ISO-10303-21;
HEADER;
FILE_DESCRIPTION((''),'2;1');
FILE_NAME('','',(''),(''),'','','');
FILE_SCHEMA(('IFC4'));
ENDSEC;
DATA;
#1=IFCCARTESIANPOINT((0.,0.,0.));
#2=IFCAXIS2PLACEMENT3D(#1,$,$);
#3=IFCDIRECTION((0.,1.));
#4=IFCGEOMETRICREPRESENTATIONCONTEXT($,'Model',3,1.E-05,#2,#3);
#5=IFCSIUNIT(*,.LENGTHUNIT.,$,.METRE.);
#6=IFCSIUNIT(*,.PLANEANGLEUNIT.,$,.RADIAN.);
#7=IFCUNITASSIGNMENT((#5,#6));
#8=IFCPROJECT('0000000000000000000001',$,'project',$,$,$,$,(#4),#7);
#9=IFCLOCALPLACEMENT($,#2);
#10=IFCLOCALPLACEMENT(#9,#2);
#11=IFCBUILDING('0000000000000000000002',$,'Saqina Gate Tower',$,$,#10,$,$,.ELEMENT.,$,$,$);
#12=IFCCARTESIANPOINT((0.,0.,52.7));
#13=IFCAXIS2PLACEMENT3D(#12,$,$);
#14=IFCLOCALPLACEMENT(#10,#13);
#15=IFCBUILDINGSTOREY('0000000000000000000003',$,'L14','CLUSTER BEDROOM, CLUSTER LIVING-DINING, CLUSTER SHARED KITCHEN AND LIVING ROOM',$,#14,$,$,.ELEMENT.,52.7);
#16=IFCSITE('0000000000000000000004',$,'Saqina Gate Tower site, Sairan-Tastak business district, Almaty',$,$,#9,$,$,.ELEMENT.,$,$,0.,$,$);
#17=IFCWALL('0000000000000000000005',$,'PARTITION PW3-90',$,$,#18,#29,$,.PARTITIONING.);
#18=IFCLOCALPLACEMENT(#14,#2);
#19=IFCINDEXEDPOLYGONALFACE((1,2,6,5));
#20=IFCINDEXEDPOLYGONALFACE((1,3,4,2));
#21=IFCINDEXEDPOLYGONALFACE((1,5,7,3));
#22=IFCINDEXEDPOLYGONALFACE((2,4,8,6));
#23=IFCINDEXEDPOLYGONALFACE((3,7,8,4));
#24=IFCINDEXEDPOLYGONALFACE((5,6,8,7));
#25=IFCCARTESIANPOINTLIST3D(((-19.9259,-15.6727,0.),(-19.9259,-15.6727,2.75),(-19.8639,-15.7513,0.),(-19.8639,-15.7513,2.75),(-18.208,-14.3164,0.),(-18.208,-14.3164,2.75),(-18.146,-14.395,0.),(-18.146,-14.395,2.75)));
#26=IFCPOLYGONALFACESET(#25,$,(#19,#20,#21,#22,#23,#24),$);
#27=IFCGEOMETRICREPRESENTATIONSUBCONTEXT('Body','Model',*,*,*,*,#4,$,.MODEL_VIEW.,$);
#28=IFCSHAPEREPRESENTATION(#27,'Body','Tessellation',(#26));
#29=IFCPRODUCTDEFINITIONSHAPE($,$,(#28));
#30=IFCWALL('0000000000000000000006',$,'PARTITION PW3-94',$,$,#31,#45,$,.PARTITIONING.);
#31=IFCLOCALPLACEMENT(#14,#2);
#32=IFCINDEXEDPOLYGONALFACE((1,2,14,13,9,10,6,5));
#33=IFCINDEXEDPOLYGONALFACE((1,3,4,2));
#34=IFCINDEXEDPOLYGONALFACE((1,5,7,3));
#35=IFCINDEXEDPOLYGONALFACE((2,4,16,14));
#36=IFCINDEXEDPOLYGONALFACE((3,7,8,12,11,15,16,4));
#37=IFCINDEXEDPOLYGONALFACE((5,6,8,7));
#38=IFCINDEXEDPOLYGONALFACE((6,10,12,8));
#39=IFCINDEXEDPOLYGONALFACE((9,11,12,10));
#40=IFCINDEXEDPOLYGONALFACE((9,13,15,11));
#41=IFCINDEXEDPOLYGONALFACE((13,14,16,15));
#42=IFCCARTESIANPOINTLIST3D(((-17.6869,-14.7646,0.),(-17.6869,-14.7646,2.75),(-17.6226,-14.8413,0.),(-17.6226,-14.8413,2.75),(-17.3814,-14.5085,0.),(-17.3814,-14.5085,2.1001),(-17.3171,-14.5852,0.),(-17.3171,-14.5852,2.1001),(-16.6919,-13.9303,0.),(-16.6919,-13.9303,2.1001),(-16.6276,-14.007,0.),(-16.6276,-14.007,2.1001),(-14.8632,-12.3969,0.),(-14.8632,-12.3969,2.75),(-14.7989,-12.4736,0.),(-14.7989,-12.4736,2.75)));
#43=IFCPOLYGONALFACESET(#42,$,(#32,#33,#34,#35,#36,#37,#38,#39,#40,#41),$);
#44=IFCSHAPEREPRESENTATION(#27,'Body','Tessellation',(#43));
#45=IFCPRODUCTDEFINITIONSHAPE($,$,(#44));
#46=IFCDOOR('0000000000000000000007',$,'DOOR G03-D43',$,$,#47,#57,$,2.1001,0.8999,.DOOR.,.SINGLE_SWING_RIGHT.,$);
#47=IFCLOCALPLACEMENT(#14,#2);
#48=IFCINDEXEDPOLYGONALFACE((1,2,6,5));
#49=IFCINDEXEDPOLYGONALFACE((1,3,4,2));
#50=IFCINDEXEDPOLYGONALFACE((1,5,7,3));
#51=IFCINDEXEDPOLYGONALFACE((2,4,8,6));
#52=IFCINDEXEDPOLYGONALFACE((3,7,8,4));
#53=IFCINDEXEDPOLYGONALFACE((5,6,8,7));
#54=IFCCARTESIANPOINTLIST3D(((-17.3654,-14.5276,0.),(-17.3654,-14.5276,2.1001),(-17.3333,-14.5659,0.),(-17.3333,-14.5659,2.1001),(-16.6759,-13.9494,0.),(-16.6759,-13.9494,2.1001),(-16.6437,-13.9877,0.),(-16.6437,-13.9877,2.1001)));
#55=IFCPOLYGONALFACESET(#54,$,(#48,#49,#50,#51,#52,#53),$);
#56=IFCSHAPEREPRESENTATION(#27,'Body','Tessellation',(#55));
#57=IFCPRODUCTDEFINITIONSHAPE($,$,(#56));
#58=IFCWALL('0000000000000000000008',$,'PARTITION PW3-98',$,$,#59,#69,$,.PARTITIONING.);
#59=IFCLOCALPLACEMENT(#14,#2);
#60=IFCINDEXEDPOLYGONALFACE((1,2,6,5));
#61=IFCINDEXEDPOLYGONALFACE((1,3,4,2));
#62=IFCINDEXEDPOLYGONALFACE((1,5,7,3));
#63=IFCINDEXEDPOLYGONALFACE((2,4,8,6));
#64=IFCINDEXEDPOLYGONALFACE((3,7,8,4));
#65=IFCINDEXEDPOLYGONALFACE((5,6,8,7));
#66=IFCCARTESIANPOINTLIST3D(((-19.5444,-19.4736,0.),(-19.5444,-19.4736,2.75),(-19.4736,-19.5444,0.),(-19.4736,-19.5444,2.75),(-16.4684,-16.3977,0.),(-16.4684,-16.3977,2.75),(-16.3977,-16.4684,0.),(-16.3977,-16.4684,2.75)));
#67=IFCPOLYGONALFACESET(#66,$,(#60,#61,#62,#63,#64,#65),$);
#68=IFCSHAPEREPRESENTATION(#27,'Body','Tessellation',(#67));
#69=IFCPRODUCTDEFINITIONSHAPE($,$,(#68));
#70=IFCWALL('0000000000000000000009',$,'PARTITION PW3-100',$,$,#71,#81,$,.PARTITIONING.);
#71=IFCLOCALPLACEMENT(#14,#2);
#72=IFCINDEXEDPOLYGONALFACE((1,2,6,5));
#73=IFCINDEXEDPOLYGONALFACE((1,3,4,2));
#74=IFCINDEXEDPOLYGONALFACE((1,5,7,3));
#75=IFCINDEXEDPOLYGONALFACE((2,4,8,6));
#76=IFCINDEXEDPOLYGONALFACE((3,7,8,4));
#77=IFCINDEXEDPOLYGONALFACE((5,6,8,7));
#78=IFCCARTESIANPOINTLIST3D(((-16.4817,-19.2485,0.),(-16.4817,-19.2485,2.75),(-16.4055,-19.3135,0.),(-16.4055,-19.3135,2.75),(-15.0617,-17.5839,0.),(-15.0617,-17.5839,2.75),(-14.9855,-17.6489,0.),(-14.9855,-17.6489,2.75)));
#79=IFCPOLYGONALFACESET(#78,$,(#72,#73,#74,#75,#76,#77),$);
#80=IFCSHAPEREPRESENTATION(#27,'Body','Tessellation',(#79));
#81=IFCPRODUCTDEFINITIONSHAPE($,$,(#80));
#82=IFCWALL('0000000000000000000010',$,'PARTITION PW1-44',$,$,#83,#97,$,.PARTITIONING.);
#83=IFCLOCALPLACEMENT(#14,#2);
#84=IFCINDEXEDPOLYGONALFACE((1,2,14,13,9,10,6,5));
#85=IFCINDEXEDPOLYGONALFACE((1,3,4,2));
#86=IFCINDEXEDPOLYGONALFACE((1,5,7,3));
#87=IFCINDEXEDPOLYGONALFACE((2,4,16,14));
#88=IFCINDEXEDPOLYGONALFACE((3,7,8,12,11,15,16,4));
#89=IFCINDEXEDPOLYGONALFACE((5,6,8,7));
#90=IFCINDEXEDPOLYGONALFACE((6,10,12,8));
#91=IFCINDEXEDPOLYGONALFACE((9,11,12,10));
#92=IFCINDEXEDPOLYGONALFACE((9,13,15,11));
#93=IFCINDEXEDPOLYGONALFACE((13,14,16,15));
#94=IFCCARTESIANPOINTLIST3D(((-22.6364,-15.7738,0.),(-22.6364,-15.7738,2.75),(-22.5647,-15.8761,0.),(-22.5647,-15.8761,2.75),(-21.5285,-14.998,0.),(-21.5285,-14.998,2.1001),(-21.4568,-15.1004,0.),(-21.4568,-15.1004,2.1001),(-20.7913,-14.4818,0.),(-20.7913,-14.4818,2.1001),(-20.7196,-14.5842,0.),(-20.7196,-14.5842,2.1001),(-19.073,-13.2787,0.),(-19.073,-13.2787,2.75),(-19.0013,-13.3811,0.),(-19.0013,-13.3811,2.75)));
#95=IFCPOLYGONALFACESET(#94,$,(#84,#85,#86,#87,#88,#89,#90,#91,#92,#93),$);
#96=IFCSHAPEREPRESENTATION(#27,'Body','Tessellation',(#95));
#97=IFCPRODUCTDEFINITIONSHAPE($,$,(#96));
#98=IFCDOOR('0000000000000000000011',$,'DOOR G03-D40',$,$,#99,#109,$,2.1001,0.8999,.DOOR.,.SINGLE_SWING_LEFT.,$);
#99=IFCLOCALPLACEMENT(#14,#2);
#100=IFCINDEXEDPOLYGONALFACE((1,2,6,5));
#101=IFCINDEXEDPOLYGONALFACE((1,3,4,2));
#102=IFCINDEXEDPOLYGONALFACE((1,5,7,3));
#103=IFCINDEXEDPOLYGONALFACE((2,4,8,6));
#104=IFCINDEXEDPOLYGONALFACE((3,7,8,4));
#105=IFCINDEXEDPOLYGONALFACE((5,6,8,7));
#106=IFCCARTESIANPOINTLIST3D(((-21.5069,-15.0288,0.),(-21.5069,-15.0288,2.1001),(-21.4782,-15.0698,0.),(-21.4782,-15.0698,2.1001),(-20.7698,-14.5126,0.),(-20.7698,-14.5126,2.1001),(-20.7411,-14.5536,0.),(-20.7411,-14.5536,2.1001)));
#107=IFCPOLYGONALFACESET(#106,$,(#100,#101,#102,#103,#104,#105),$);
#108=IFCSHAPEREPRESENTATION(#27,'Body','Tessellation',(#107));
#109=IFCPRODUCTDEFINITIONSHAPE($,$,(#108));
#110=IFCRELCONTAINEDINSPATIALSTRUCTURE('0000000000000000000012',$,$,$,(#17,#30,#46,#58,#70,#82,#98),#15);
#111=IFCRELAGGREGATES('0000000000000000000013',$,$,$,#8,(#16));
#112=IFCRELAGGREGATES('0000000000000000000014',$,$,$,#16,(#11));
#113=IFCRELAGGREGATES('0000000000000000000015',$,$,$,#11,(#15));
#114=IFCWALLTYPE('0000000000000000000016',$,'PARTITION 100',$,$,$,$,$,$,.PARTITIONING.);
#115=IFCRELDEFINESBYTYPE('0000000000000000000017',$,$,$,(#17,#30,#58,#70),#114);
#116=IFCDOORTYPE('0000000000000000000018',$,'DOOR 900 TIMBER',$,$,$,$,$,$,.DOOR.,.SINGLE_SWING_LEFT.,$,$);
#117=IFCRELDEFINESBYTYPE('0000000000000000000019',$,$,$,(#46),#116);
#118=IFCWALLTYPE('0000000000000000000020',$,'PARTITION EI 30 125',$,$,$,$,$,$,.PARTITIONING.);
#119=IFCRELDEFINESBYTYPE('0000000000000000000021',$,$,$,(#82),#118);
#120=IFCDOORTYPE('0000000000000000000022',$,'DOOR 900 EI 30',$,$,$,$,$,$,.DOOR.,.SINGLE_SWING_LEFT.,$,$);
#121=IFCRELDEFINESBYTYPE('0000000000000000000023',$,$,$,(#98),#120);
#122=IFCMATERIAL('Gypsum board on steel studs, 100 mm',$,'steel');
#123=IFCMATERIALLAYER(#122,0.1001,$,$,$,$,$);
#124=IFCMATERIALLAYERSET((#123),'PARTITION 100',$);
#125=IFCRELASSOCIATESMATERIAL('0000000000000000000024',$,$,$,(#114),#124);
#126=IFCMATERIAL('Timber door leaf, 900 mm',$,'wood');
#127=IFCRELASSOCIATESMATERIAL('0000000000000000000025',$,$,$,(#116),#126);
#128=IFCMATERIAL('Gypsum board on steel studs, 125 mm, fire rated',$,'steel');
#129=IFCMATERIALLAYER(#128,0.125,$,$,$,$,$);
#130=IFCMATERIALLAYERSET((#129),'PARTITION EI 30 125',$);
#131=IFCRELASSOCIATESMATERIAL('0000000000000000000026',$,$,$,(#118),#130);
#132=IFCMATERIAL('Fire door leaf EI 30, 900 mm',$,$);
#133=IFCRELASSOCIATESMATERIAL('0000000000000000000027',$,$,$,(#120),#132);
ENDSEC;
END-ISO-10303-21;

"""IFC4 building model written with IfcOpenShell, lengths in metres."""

from ifc_helpers import new_model, si_unit, direction, frame, frame_2d, origin, place, context, subcontext, project, spatial, rectangle, extrude, material, layer, layer_set, type_object, element, fill, save


model = new_model("IFC4")

# Units and contexts
model_context = context("Model", 3, precision=1e-05, world=origin(), true_north=direction((0.0, 1.0)))
body_context = subcontext(model_context, "Body", "Model", "MODEL_VIEW")
ifc_project = project(units=[si_unit("LENGTHUNIT", "METRE"), si_unit("PLANEANGLEUNIT", "RADIAN")], contexts=[model_context])

# Site, building, storey
site_placement = place(None, origin())
site = spatial("IfcSite", under=ifc_project, at=site_placement, Name="Saqina Gate Tower site, Sairan-Tastak business district, Almaty", CompositionType="ELEMENT", RefElevation=0.0)
building_placement = place(site_placement, origin())
building = spatial("IfcBuilding", under=site, at=building_placement, Name="Saqina Gate Tower", CompositionType="ELEMENT")
storey_placement = place(building_placement, frame((0.0, 0.0, 52.7)))
storey = spatial("IfcBuildingStorey", under=building, at=storey_placement, Name="L14", Description="CLUSTER BEDROOM, CLUSTER LIVING-DINING, CLUSTER SHARED KITCHEN AND LIVING ROOM", CompositionType="ELEMENT", Elevation=52.7)

# Shared definitions
ifc_material_1 = material(Name="Gypsum board on steel studs, 100 mm", Category="steel")
ifc_layer_1 = layer(ifc_material_1, 0.1001)
ifc_layer_set_1 = layer_set([ifc_layer_1], Name="PARTITION 100")
wall_type_1 = type_object("IfcWallType", Name="PARTITION 100", PredefinedType="PARTITIONING", material=ifc_layer_set_1)

# Wall
wall_1_placement = place(storey_placement, frame((-19.8948, -15.7119, 0.0), z_axis=(0.0, 0.0, 1.0), x_axis=(0.784868, 0.619662, 0.0)))
element("IfcWall", 1, at=wall_1_placement, inside=storey, type_object=wall_type_1, Name="PARTITION PW3-90", PredefinedType="PARTITIONING", context=body_context, shape_type="SweptSolid", body=[
    extrude(rectangle(XDim=2.1887, YDim=0.1001, at=frame_2d((1.0942, 0.0))), origin(), (0.0, 0.0, 1.0), 2.75),
])

# Wall, opening, door
wall_2_placement = place(storey_placement, frame((-17.6548, -14.803, 0.0), z_axis=(0.0, 0.0, 1.0), x_axis=(0.766274, 0.642514, 0.0)))
wall_2 = element("IfcWall", 2, at=wall_2_placement, inside=storey, type_object=wall_type_1, Name="PARTITION PW3-94", PredefinedType="PARTITIONING", context=body_context, shape_type="SweptSolid", body=[
    extrude(rectangle(XDim=3.6851, YDim=0.1001, at=frame_2d((1.8425, 0.0))), origin(), (0.0, 0.0, 1.0), 2.75),
])
opening_1_placement = place(wall_2_placement, frame((0.3987, 0.0, 0.0)))
opening_1 = element("IfcOpeningElement", 3, at=opening_1_placement, cuts=wall_2, PredefinedType="OPENING", context=body_context, shape_type="SweptSolid", body=[
    extrude(rectangle(XDim=0.8999, YDim=2.1001, at=frame_2d((0.45, 1.05))), frame((0.0, 0.062, 0.0), z_axis=(0.0, -1.0, 0.0), x_axis=(1.0, 0.0, 0.0)), (0.0, 0.0, 1.0), 0.124),
])
ifc_material_2 = material(Name="Timber door leaf, 900 mm", Category="wood")
door_type_1 = type_object("IfcDoorType", Name="DOOR 900 TIMBER", OperationType="SINGLE_SWING_LEFT", PredefinedType="DOOR", material=ifc_material_2)
door_1_placement = place(opening_1_placement, frame((0.8999, 0.0, 0.0), z_axis=(0.0, 0.0, 1.0), x_axis=(-1.0, 0.0, 0.0)))
door_1 = element("IfcDoor", 4, at=door_1_placement, inside=storey, type_object=door_type_1, Name="DOOR G03-D43", OperationType="SINGLE_SWING_RIGHT", OverallHeight=2.1001, OverallWidth=0.8999, PredefinedType="DOOR", context=body_context, shape_type="SweptSolid", body=[
    extrude(rectangle(XDim=0.8999, YDim=2.1001, at=frame_2d((0.45, 1.05))), frame((0.0, 0.0249, 0.0), z_axis=(0.0, -1.0, 0.0), x_axis=(1.0, 0.0, 0.0)), (0.0, 0.0, 1.0), 0.05),
])
fill(opening_1, door_1)

# Walls
wall_3_placement = place(storey_placement, frame((-19.509, -19.509, 0.0), z_axis=(0.0, 0.0, 1.0), x_axis=(0.707107, 0.707107, 0.0)))
element("IfcWall", 5, at=wall_3_placement, inside=storey, type_object=wall_type_1, Name="PARTITION PW3-98", PredefinedType="PARTITIONING", context=body_context, shape_type="SweptSolid", body=[
    extrude(rectangle(XDim=4.3501, YDim=0.1001, at=frame_2d((2.175, 0.0))), origin(), (0.0, 0.0, 1.0), 2.75),
])
wall_4_placement = place(storey_placement, frame((-16.4436, -19.281, 0.0), z_axis=(0.0, 0.0, 1.0), x_axis=(0.648988, 0.760798, 0.0)))
element("IfcWall", 6, at=wall_4_placement, inside=storey, type_object=wall_type_1, Name="PARTITION PW3-100", PredefinedType="PARTITIONING", context=body_context, shape_type="SweptSolid", body=[
    extrude(rectangle(XDim=2.188, YDim=0.1001, at=frame_2d((1.094, 0.0))), origin(), (0.0, 0.0, 1.0), 2.75),
])

# Wall, opening, door
ifc_material_3 = material(Name="Gypsum board on steel studs, 125 mm, fire rated", Category="steel")
ifc_layer_2 = layer(ifc_material_3, 0.125)
ifc_layer_set_2 = layer_set([ifc_layer_2], Name="PARTITION EI 30 125")
wall_type_2 = type_object("IfcWallType", Name="PARTITION EI 30 125", PredefinedType="PARTITIONING", material=ifc_layer_set_2)
wall_5_placement = place(storey_placement, frame((-22.6006, -15.825, 0.0), z_axis=(0.0, 0.0, 1.0), x_axis=(0.819158, 0.573568, 0.0)))
wall_5 = element("IfcWall", 7, at=wall_5_placement, inside=storey, type_object=wall_type_2, Name="PARTITION PW1-44", PredefinedType="PARTITIONING", context=body_context, shape_type="SweptSolid", body=[
    extrude(rectangle(XDim=4.3501, YDim=0.125, at=frame_2d((2.175, 0.0))), origin(), (0.0, 0.0, 1.0), 2.75),
])
opening_2_placement = place(wall_5_placement, frame((1.3525, 0.0, 0.0)))
opening_2 = element("IfcOpeningElement", 8, at=opening_2_placement, cuts=wall_5, PredefinedType="OPENING", context=body_context, shape_type="SweptSolid", body=[
    extrude(rectangle(XDim=0.8999, YDim=2.1001, at=frame_2d((0.45, 1.05))), frame((0.0, 0.0745, 0.0), z_axis=(0.0, -1.0, 0.0), x_axis=(1.0, 0.0, 0.0)), (0.0, 0.0, 1.0), 0.1489),
])
ifc_material_4 = material(Name="Fire door leaf EI 30, 900 mm")
door_type_2 = type_object("IfcDoorType", Name="DOOR 900 EI 30", OperationType="SINGLE_SWING_LEFT", PredefinedType="DOOR", material=ifc_material_4)
door_2_placement = place(opening_2_placement, origin())
door_2 = element("IfcDoor", 9, at=door_2_placement, inside=storey, type_object=door_type_2, Name="DOOR G03-D40", OperationType="SINGLE_SWING_LEFT", OverallHeight=2.1001, OverallWidth=0.8999, PredefinedType="DOOR", context=body_context, shape_type="SweptSolid", body=[
    extrude(rectangle(XDim=0.8999, YDim=2.1001, at=frame_2d((0.45, 1.05))), frame((0.0, 0.0249, 0.0), z_axis=(0.0, -1.0, 0.0), x_axis=(1.0, 0.0, 0.0)), (0.0, 0.0, 1.0), 0.05),
])
fill(opening_2, door_2)

save(model, "model.ifc")
